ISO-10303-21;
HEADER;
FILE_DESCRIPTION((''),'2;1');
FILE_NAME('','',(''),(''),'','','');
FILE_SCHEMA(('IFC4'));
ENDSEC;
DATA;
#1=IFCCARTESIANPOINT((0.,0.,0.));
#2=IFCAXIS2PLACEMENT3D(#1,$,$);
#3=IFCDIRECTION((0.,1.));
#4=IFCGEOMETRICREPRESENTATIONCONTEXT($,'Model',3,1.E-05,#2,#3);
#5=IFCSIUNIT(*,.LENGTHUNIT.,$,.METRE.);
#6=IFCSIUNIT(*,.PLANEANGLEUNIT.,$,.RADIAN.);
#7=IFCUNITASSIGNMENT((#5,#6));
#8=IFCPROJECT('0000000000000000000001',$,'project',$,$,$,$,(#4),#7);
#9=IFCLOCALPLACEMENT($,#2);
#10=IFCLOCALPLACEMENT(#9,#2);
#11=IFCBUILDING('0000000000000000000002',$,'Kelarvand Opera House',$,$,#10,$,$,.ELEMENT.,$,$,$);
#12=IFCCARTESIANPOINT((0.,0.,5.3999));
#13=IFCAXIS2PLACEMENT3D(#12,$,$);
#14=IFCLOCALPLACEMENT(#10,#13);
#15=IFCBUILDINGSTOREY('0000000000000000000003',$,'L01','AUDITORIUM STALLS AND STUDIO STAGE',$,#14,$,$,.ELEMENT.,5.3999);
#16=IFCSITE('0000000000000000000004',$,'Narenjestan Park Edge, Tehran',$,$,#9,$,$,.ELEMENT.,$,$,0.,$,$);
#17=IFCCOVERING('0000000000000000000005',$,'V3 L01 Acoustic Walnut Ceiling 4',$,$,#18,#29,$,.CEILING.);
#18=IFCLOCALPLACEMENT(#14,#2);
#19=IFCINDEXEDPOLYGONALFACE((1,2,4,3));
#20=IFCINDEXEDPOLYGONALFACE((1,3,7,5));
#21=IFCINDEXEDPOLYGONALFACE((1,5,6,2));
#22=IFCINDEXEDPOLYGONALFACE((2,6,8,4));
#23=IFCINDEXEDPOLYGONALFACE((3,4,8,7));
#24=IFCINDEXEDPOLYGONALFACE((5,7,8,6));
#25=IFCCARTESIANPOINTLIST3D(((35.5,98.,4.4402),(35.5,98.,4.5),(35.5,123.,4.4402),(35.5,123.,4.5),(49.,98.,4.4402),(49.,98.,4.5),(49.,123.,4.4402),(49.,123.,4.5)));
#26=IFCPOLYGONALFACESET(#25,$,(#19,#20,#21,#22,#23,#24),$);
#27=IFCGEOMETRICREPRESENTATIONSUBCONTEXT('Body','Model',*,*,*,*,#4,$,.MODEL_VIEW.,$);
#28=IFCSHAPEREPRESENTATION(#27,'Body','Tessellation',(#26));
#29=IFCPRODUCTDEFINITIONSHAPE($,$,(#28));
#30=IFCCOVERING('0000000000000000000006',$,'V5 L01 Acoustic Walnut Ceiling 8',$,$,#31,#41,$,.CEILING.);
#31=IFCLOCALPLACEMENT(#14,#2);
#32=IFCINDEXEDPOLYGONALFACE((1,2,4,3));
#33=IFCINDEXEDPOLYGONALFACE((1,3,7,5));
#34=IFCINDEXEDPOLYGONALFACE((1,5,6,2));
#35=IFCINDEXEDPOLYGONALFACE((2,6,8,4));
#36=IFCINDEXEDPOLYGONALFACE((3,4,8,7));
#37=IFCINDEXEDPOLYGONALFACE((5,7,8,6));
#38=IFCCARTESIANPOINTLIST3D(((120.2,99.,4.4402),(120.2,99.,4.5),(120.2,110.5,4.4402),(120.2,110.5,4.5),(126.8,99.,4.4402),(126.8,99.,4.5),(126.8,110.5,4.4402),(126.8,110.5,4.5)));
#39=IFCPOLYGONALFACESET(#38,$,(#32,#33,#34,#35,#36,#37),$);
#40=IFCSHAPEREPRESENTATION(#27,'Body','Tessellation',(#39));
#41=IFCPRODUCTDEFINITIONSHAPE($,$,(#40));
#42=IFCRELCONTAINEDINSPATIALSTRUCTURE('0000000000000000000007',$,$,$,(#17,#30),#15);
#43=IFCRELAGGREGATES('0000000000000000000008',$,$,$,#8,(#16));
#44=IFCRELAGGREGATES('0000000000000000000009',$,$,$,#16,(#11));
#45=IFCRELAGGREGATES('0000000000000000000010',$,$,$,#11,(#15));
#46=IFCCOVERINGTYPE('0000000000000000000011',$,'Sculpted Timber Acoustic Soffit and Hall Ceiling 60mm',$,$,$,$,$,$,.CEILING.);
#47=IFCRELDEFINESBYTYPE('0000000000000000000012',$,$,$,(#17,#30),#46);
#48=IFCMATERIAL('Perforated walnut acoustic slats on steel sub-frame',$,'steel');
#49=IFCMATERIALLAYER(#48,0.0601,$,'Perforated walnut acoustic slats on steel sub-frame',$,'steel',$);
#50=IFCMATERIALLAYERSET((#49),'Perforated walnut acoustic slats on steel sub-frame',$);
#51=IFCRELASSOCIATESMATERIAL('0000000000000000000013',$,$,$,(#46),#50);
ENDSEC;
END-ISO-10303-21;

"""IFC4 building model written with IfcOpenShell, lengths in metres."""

from ifc_helpers import new_model, si_unit, direction, frame, origin, place, context, subcontext, project, spatial, polyline, outline, extrude, material, layer, layer_set, type_object, element, save


model = new_model("IFC4")

# Units and contexts
model_context = context("Model", 3, precision=1e-05, world=origin(), true_north=direction((0.0, 1.0)))
body_context = subcontext(model_context, "Body", "Model", "MODEL_VIEW")
ifc_project = project(units=[si_unit("LENGTHUNIT", "METRE"), si_unit("PLANEANGLEUNIT", "RADIAN")], contexts=[model_context])

# Site, building, storey
site_placement = place(None, origin())
site = spatial("IfcSite", under=ifc_project, at=site_placement, Name="Narenjestan Park Edge, Tehran", CompositionType="ELEMENT", RefElevation=0.0)
building_placement = place(site_placement, origin())
building = spatial("IfcBuilding", under=site, at=building_placement, Name="Kelarvand Opera House", CompositionType="ELEMENT")
storey_placement = place(building_placement, frame((0.0, 0.0, 5.3999)))
storey = spatial("IfcBuildingStorey", under=building, at=storey_placement, Name="L01", Description="AUDITORIUM STALLS AND STUDIO STAGE", CompositionType="ELEMENT", Elevation=5.3999)

# Coverings
ifc_material_1 = material(Name="Perforated walnut acoustic slats on steel sub-frame", Category="steel")
ifc_layer_1 = layer(ifc_material_1, 0.0601, Name="Perforated walnut acoustic slats on steel sub-frame", Category="steel")
ifc_layer_set_1 = layer_set([ifc_layer_1], Name="Perforated walnut acoustic slats on steel sub-frame")
covering_type = type_object("IfcCoveringType", Name="Sculpted Timber Acoustic Soffit and Hall Ceiling 60mm", PredefinedType="CEILING", material=ifc_layer_set_1)
covering_1_placement = place(storey_placement, frame((0.0, 0.0, 4.4402)))
element("IfcCovering", 1, at=covering_1_placement, inside=storey, type_object=covering_type, Name="V3 L01 Acoustic Walnut Ceiling 4", PredefinedType="CEILING", context=body_context, shape_type="SweptSolid", body=[
    extrude(outline(polyline([(35.5, 98.0), (49.0, 98.0), (49.0, 123.0), (35.5, 123.0), (35.5, 98.0)])), origin(), (0.0, 0.0, 1.0), 0.0598),
])
covering_2_placement = place(storey_placement, frame((0.0, 0.0, 4.4402)))
element("IfcCovering", 2, at=covering_2_placement, inside=storey, type_object=covering_type, Name="V5 L01 Acoustic Walnut Ceiling 8", PredefinedType="CEILING", context=body_context, shape_type="SweptSolid", body=[
    extrude(outline(polyline([(120.2, 99.0), (126.8, 99.0), (126.8, 110.5), (120.2, 110.5), (120.2, 99.0)])), origin(), (0.0, 0.0, 1.0), 0.0598),
])

save(model, "model.ifc")
